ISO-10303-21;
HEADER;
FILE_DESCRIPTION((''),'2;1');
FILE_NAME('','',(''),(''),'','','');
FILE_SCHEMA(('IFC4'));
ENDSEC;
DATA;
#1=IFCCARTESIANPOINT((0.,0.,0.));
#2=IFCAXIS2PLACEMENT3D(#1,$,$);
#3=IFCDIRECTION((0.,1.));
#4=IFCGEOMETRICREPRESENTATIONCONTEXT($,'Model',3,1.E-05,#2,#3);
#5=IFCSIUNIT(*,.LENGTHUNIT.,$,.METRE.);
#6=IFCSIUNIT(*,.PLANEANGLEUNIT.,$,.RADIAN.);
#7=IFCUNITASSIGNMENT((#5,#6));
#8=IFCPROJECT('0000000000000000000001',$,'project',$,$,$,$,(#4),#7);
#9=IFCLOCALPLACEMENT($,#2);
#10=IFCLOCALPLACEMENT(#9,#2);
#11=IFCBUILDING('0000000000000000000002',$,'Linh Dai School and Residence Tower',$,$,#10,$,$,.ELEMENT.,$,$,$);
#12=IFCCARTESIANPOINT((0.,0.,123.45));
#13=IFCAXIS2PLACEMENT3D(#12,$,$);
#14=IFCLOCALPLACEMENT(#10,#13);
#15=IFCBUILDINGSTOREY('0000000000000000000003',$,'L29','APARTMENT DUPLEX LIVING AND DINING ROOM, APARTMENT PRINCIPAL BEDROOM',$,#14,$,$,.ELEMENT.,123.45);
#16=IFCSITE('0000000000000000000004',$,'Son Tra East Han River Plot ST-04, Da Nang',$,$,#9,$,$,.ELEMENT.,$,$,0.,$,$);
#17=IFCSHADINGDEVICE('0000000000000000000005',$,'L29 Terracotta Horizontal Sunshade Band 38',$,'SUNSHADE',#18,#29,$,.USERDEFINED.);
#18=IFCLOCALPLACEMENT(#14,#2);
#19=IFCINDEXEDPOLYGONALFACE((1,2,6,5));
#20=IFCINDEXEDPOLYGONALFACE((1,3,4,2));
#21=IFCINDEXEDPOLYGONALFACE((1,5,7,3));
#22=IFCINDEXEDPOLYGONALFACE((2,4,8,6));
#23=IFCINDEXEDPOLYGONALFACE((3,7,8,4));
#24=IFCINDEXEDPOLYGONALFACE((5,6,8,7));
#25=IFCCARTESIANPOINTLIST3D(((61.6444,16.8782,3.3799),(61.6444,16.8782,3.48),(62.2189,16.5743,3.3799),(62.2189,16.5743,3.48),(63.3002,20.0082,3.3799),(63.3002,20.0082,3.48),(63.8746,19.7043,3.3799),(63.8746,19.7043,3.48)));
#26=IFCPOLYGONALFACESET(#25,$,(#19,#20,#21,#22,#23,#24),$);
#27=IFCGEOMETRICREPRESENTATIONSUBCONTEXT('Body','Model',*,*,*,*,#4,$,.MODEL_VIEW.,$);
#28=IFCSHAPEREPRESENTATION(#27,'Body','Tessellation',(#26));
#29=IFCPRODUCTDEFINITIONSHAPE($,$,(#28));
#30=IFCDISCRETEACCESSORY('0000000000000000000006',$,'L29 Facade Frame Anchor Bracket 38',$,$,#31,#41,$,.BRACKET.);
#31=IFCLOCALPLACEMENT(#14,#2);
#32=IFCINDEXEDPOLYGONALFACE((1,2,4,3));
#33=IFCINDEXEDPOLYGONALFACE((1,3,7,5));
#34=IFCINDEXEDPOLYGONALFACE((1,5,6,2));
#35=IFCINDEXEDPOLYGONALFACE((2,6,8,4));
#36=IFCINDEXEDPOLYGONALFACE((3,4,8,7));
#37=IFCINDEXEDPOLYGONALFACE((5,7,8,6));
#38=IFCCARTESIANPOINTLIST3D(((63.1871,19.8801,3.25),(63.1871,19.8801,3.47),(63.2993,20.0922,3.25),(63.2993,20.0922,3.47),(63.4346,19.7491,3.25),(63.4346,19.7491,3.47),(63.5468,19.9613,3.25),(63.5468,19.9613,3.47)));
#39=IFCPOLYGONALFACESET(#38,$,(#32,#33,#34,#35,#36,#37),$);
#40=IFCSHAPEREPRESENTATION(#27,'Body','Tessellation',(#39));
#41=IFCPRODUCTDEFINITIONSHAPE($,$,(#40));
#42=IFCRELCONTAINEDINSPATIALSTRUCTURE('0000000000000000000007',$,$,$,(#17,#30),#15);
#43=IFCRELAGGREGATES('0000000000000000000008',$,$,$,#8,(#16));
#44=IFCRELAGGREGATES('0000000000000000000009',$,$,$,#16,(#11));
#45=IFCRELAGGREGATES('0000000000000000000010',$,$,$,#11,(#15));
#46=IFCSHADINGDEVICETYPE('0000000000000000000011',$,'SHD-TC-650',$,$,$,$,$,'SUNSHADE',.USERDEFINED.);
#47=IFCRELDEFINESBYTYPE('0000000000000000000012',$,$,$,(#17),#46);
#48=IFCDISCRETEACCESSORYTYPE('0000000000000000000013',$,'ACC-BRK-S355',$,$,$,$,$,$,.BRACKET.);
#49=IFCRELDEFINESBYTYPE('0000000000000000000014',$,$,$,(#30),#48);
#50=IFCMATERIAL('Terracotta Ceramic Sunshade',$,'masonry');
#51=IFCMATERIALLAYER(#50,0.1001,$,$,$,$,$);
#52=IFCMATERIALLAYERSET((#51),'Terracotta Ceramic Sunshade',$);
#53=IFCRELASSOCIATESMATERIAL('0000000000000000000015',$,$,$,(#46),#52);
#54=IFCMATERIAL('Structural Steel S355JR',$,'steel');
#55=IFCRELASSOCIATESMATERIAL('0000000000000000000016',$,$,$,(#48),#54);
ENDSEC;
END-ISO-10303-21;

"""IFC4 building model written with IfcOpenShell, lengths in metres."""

from ifc_helpers import new_model, si_unit, direction, frame, origin, origin_2d, place, context, subcontext, project, spatial, rectangle, extrude, source, transform, mapped, material, layer, layer_set, type_object, element, save


model = new_model("IFC4")

# Units and contexts
model_context = context("Model", 3, precision=1e-05, world=origin(), true_north=direction((0.0, 1.0)))
body_context = subcontext(model_context, "Body", "Model", "MODEL_VIEW")
ifc_project = project(units=[si_unit("LENGTHUNIT", "METRE"), si_unit("PLANEANGLEUNIT", "RADIAN")], contexts=[model_context])

# Site, building, storey
site_placement = place(None, origin())
site = spatial("IfcSite", under=ifc_project, at=site_placement, Name="Son Tra East Han River Plot ST-04, Da Nang", CompositionType="ELEMENT", RefElevation=0.0)
building_placement = place(site_placement, origin())
building = spatial("IfcBuilding", under=site, at=building_placement, Name="Linh Dai School and Residence Tower", CompositionType="ELEMENT")
storey_placement = place(building_placement, frame((0.0, 0.0, 123.45)))
storey = spatial("IfcBuildingStorey", under=building, at=storey_placement, Name="L29", Description="APARTMENT DUPLEX LIVING AND DINING ROOM, APARTMENT PRINCIPAL BEDROOM", CompositionType="ELEMENT", Elevation=123.45)

# Shared definitions
ifc_material_1 = material(Name="Structural Steel S355JR", Category="steel")

# Shading device
ifc_material_2 = material(Name="Terracotta Ceramic Sunshade", Category="masonry")
ifc_layer_1 = layer(ifc_material_2, 0.1001)
ifc_layer_set_1 = layer_set([ifc_layer_1], Name="Terracotta Ceramic Sunshade")
shading_device_type = type_object("IfcShadingDeviceType", Name="SHD-TC-650", ElementType="SUNSHADE", PredefinedType="USERDEFINED", material=ifc_layer_set_1)
shared_shape_1 = source(origin(), body_context, "Body", "SweptSolid", [
    extrude(rectangle(XDim=3.541, YDim=0.6499, at=origin_2d()), origin(), (0.0, 0.0, 1.0), 0.1001),
])
shading_device_placement = place(storey_placement, frame((62.7595, 18.2913, 3.3799), z_axis=(0.0, 0.0, 1.0), x_axis=(-0.467596, -0.883942, 0.0)))
element("IfcShadingDevice", 1, at=shading_device_placement, inside=storey, type_object=shading_device_type, Name="L29 Terracotta Horizontal Sunshade Band 38", ObjectType="SUNSHADE", PredefinedType="USERDEFINED", context=body_context, shape_type="MappedRepresentation", body=[
    mapped(shared_shape_1, transform((0.0, 0.0, 0.0), x_axis=(1.0, 0.0, 0.0), y_axis=(0.0, 1.0, 0.0), z_axis=(0.0, 0.0, 1.0), scale=1.0)),
])

# Discrete accessory
discrete_accessory_type = type_object("IfcDiscreteAccessoryType", Name="ACC-BRK-S355", PredefinedType="BRACKET", material=ifc_material_1)
shared_shape_2 = source(origin(), body_context, "Body", "SweptSolid", [
    extrude(rectangle(XDim=0.28, YDim=0.24, at=origin_2d()), origin(), (0.0, 0.0, 1.0), 0.22),
])
discrete_accessory_placement = place(storey_placement, frame((63.3669, 19.9207, 3.25), z_axis=(0.0, 0.0, 1.0), x_axis=(0.883942, -0.467596, 0.0)))
element("IfcDiscreteAccessory", 2, at=discrete_accessory_placement, inside=storey, type_object=discrete_accessory_type, Name="L29 Facade Frame Anchor Bracket 38", PredefinedType="BRACKET", context=body_context, shape_type="MappedRepresentation", body=[
    mapped(shared_shape_2, transform((0.0, 0.0, 0.0), x_axis=(1.0, 0.0, 0.0), y_axis=(0.0, 1.0, 0.0), z_axis=(0.0, 0.0, 1.0), scale=1.0)),
])

save(model, "model.ifc")
